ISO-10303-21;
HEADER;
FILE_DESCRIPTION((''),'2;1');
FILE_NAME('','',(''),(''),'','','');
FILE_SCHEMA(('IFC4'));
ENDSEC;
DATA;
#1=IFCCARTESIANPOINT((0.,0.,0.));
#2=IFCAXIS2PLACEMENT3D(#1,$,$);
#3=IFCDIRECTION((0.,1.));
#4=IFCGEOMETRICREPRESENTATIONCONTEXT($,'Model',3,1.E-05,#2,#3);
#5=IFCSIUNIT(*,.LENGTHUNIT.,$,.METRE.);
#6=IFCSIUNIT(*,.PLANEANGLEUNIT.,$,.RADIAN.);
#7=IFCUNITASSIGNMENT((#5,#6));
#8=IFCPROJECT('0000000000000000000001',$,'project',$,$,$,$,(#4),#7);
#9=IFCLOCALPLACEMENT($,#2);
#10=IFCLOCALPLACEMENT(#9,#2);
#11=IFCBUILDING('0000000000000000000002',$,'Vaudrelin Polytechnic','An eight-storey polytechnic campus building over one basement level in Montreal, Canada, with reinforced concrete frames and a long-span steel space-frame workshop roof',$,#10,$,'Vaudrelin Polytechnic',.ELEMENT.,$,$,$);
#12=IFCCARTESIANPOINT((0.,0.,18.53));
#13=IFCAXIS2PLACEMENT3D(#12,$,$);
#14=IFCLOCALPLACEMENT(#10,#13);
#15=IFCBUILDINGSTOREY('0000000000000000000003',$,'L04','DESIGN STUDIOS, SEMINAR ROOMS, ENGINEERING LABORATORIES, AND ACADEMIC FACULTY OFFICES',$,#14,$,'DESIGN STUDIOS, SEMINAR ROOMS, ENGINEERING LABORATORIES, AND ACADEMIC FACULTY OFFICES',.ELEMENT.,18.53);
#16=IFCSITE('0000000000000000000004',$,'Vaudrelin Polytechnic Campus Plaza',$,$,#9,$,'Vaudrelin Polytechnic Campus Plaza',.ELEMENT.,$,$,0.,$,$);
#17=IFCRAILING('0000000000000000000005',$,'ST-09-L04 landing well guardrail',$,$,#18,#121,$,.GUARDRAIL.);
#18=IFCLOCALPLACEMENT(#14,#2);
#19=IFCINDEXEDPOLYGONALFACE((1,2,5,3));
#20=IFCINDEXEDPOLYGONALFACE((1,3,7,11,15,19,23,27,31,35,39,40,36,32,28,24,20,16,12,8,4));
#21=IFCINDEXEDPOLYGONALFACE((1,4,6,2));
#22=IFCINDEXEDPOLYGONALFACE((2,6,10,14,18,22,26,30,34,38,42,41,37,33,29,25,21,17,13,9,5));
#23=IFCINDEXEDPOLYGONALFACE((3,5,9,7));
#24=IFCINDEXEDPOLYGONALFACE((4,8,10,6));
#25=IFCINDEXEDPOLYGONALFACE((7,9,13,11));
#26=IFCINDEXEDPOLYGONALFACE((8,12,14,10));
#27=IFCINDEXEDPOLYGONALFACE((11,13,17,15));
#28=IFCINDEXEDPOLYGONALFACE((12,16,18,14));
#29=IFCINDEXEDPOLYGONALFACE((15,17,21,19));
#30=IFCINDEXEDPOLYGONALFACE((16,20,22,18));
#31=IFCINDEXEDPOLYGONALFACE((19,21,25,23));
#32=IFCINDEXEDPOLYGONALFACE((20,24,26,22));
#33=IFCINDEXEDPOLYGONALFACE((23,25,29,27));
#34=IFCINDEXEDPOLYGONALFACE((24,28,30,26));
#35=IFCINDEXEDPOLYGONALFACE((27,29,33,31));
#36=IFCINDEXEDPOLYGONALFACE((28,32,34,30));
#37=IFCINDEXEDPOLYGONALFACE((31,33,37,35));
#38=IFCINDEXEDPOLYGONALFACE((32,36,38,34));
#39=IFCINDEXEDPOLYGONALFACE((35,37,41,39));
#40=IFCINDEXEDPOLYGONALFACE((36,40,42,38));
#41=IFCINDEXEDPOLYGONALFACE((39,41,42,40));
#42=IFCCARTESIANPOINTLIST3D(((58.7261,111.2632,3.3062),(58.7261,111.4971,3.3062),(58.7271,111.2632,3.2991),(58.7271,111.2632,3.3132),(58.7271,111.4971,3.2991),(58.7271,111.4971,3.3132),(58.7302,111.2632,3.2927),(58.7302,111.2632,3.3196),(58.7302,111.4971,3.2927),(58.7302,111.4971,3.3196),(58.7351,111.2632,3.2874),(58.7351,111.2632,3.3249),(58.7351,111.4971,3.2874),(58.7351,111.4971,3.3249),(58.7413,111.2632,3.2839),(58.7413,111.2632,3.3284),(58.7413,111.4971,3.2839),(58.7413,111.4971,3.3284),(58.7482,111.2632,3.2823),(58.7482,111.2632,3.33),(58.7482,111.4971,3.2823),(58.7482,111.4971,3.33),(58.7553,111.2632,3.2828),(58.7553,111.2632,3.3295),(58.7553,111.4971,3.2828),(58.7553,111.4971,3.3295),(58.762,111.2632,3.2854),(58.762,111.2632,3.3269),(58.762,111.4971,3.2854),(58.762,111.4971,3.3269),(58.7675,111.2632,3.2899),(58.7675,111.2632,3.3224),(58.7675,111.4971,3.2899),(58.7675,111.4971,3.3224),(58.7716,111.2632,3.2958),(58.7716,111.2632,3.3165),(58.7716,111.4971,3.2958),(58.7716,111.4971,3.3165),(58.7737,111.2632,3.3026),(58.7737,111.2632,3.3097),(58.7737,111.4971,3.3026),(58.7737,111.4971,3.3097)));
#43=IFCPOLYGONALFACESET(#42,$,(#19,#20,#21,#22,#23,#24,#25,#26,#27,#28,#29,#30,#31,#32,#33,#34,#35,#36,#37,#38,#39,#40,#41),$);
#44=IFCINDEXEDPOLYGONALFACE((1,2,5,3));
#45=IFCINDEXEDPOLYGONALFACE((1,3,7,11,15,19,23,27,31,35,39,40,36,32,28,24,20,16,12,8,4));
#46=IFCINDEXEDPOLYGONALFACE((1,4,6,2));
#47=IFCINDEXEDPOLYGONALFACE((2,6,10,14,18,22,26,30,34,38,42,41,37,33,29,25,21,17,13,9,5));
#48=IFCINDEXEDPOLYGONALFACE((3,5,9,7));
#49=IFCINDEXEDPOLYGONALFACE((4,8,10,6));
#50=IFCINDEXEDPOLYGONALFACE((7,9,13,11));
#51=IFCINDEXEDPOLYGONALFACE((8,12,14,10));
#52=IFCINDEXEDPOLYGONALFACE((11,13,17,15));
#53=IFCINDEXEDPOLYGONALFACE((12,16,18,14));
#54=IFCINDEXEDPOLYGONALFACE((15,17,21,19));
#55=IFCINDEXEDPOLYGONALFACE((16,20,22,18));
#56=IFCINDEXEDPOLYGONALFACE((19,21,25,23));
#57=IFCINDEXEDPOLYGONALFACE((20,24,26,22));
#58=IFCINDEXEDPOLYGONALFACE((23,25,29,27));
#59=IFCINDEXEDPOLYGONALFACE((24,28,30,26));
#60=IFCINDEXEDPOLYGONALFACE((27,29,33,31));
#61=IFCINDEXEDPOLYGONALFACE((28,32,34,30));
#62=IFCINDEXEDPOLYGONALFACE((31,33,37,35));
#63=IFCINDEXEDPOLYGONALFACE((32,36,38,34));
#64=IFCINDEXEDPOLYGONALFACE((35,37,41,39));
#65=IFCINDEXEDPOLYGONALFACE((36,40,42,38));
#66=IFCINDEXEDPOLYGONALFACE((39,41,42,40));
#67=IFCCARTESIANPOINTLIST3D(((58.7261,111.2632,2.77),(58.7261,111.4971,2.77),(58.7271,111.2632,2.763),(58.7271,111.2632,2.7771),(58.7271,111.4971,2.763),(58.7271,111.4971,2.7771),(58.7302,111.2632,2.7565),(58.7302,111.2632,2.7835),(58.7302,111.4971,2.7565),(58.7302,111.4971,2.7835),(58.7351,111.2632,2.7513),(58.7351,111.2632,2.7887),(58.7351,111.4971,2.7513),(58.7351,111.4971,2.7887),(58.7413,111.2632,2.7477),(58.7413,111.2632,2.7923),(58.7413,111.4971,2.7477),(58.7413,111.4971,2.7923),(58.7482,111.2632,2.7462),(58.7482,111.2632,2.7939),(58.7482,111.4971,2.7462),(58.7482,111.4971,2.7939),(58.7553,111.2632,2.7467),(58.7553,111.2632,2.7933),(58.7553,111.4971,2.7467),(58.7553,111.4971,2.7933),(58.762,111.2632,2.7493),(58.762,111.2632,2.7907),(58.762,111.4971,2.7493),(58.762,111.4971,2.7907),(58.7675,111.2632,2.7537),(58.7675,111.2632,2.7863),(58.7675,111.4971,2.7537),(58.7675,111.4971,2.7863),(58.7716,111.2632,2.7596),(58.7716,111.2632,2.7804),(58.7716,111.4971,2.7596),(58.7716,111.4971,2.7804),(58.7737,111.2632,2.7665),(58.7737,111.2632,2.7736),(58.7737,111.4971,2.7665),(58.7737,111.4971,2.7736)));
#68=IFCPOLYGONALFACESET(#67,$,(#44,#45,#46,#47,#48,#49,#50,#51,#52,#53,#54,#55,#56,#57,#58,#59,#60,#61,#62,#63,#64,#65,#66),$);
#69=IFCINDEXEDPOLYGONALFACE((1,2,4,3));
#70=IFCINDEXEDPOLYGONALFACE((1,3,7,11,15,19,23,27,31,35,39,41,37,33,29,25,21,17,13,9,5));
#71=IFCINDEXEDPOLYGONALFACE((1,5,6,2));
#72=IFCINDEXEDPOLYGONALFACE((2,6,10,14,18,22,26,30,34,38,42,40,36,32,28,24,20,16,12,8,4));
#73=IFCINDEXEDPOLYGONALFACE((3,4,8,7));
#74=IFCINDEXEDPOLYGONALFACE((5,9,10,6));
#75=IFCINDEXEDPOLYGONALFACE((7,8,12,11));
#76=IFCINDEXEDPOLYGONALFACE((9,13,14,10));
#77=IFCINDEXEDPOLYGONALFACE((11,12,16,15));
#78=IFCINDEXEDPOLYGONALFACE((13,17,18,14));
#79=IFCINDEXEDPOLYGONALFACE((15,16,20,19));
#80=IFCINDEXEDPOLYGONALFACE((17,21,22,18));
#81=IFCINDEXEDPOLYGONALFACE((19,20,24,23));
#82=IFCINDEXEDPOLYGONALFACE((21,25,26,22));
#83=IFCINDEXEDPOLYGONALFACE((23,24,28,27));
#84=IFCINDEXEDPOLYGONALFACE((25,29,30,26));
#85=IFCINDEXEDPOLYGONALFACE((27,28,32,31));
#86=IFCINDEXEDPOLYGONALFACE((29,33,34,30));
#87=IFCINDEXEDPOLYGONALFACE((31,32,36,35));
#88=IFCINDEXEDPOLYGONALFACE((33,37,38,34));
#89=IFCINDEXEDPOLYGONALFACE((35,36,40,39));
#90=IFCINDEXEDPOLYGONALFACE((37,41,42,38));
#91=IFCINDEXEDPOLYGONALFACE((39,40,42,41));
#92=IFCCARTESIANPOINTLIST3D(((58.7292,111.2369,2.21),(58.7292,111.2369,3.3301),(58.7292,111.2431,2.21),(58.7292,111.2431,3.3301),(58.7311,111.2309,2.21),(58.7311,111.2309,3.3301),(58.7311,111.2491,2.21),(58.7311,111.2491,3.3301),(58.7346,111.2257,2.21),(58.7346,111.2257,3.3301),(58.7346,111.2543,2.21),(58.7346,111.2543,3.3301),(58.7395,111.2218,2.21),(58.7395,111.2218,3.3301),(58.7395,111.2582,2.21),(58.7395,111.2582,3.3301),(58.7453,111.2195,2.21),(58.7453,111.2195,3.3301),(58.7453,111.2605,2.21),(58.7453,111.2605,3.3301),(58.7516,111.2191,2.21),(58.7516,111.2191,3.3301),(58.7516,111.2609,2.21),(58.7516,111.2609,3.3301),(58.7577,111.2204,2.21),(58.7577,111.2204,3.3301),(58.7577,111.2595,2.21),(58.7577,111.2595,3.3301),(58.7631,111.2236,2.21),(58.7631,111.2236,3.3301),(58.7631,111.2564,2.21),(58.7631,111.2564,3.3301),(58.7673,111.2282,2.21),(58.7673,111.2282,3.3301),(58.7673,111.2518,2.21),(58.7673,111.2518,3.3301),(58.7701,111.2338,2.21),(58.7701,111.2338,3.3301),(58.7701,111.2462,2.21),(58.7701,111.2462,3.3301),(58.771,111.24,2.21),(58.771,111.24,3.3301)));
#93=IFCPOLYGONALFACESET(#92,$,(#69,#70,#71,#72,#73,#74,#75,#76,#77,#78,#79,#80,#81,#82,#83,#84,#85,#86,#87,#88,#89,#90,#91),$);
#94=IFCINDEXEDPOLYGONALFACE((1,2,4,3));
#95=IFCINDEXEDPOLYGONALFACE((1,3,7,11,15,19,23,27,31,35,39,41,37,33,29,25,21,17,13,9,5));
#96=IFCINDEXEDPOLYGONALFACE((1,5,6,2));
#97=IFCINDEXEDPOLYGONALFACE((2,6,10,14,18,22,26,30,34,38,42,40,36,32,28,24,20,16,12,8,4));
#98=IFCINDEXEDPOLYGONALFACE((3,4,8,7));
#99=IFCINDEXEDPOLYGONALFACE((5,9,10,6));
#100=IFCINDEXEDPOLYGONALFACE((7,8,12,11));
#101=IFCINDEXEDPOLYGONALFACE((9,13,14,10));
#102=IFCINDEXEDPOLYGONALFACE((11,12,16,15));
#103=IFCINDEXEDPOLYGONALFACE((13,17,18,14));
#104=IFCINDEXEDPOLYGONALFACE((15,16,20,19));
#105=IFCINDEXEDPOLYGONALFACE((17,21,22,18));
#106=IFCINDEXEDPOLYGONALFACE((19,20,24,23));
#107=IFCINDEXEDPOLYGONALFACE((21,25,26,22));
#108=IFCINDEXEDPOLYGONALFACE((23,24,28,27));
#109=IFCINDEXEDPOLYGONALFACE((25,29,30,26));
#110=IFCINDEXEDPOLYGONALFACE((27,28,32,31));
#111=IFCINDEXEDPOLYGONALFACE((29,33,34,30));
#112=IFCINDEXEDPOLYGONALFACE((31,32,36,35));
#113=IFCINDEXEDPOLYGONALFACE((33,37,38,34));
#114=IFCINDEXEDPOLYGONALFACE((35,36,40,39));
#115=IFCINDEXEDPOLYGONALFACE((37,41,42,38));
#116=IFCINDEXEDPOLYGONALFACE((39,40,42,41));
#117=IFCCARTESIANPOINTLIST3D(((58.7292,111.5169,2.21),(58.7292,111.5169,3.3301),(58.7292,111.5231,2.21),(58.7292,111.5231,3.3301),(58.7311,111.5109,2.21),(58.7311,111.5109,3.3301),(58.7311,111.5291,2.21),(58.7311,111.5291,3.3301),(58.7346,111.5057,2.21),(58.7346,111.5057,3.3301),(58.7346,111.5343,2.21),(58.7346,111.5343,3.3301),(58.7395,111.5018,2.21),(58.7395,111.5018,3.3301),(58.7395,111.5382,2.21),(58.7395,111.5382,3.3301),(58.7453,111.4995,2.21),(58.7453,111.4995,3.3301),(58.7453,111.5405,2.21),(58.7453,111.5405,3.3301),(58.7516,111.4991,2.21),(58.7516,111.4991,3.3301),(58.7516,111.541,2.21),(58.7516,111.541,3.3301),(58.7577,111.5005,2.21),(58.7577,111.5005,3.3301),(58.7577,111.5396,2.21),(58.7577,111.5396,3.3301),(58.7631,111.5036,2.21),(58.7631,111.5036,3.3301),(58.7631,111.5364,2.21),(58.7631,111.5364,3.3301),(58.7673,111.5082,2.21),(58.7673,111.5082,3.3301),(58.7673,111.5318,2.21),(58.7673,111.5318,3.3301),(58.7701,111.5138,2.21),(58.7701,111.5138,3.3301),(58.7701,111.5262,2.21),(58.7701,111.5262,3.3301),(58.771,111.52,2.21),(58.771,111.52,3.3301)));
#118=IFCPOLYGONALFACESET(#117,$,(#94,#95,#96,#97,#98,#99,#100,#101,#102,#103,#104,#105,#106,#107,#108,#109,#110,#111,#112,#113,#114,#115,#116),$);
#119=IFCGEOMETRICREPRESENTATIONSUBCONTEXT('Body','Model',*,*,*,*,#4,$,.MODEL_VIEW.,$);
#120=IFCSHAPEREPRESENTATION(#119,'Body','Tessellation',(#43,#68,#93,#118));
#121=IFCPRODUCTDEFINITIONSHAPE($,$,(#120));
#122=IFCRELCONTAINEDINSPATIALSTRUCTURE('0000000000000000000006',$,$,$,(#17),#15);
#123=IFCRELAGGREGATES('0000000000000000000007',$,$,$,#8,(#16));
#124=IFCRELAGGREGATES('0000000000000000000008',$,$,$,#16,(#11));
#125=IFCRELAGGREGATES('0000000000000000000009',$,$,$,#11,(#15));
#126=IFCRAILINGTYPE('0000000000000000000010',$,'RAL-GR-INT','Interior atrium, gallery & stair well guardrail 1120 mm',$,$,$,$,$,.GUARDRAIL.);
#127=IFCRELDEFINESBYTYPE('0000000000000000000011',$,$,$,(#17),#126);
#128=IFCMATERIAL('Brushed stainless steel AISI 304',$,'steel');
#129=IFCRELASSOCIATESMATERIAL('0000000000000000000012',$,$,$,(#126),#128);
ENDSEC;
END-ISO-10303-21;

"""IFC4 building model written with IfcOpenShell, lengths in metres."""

from ifc_helpers import new_model, si_unit, direction, frame, origin, origin_2d, place, context, subcontext, project, spatial, circle, extrude, material, type_object, element, save


model = new_model("IFC4")

# Units and contexts
model_context = context("Model", 3, precision=1e-05, world=origin(), true_north=direction((0.0, 1.0)))
body_context = subcontext(model_context, "Body", "Model", "MODEL_VIEW")
ifc_project = project(units=[si_unit("LENGTHUNIT", "METRE"), si_unit("PLANEANGLEUNIT", "RADIAN")], contexts=[model_context])

# Site, building, storey
site_placement = place(None, origin())
site = spatial("IfcSite", under=ifc_project, at=site_placement, Name="Vaudrelin Polytechnic Campus Plaza", LongName="Vaudrelin Polytechnic Campus Plaza", CompositionType="ELEMENT", RefElevation=0.0)
building_placement = place(site_placement, origin())
building = spatial("IfcBuilding", under=site, at=building_placement, Name="Vaudrelin Polytechnic", Description="An eight-storey polytechnic campus building over one basement level in Montreal, Canada, with reinforced concrete frames and a long-span steel space-frame workshop roof", LongName="Vaudrelin Polytechnic", CompositionType="ELEMENT")
storey_placement = place(building_placement, frame((0.0, 0.0, 18.53)))
storey = spatial("IfcBuildingStorey", under=building, at=storey_placement, Name="L04", Description="DESIGN STUDIOS, SEMINAR ROOMS, ENGINEERING LABORATORIES, AND ACADEMIC FACULTY OFFICES", LongName="DESIGN STUDIOS, SEMINAR ROOMS, ENGINEERING LABORATORIES, AND ACADEMIC FACULTY OFFICES", CompositionType="ELEMENT", Elevation=18.53)

# Railing
ifc_material_1 = material(Name="Brushed stainless steel AISI 304", Category="steel")
railing_type_1 = type_object("IfcRailingType", Name="RAL-GR-INT", Description="Interior atrium, gallery & stair well guardrail 1120 mm", PredefinedType="GUARDRAIL", material=ifc_material_1)
railing_1_placement = place(storey_placement, frame((58.75, 111.24, 2.21)))
element("IfcRailing", 1, at=railing_1_placement, inside=storey, type_object=railing_type_1, Name="ST-09-L04 landing well guardrail", PredefinedType="GUARDRAIL", context=body_context, shape_type="SweptSolid", body=[
    extrude(circle(Radius=0.0239, at=origin_2d()), frame((0.0, 0.0232, 1.0962), z_axis=(0.0, 1.0, 0.0), x_axis=(-1.0, 0.0, 0.0)), (0.0, 0.0, 1.0), 0.2339),
    extrude(circle(Radius=0.0239, at=origin_2d()), frame((0.0, 0.0232, 0.5601), z_axis=(0.0, 1.0, 0.0), x_axis=(-1.0, 0.0, 0.0)), (0.0, 0.0, 1.0), 0.2339),
    extrude(circle(Radius=0.021, at=origin_2d()), origin(), (0.0, 0.0, 1.0), 1.1201),
    extrude(circle(Radius=0.021, at=origin_2d()), frame((0.0, 0.28, 0.0)), (0.0, 0.0, 1.0), 1.1201),
])

save(model, "model.ifc")
